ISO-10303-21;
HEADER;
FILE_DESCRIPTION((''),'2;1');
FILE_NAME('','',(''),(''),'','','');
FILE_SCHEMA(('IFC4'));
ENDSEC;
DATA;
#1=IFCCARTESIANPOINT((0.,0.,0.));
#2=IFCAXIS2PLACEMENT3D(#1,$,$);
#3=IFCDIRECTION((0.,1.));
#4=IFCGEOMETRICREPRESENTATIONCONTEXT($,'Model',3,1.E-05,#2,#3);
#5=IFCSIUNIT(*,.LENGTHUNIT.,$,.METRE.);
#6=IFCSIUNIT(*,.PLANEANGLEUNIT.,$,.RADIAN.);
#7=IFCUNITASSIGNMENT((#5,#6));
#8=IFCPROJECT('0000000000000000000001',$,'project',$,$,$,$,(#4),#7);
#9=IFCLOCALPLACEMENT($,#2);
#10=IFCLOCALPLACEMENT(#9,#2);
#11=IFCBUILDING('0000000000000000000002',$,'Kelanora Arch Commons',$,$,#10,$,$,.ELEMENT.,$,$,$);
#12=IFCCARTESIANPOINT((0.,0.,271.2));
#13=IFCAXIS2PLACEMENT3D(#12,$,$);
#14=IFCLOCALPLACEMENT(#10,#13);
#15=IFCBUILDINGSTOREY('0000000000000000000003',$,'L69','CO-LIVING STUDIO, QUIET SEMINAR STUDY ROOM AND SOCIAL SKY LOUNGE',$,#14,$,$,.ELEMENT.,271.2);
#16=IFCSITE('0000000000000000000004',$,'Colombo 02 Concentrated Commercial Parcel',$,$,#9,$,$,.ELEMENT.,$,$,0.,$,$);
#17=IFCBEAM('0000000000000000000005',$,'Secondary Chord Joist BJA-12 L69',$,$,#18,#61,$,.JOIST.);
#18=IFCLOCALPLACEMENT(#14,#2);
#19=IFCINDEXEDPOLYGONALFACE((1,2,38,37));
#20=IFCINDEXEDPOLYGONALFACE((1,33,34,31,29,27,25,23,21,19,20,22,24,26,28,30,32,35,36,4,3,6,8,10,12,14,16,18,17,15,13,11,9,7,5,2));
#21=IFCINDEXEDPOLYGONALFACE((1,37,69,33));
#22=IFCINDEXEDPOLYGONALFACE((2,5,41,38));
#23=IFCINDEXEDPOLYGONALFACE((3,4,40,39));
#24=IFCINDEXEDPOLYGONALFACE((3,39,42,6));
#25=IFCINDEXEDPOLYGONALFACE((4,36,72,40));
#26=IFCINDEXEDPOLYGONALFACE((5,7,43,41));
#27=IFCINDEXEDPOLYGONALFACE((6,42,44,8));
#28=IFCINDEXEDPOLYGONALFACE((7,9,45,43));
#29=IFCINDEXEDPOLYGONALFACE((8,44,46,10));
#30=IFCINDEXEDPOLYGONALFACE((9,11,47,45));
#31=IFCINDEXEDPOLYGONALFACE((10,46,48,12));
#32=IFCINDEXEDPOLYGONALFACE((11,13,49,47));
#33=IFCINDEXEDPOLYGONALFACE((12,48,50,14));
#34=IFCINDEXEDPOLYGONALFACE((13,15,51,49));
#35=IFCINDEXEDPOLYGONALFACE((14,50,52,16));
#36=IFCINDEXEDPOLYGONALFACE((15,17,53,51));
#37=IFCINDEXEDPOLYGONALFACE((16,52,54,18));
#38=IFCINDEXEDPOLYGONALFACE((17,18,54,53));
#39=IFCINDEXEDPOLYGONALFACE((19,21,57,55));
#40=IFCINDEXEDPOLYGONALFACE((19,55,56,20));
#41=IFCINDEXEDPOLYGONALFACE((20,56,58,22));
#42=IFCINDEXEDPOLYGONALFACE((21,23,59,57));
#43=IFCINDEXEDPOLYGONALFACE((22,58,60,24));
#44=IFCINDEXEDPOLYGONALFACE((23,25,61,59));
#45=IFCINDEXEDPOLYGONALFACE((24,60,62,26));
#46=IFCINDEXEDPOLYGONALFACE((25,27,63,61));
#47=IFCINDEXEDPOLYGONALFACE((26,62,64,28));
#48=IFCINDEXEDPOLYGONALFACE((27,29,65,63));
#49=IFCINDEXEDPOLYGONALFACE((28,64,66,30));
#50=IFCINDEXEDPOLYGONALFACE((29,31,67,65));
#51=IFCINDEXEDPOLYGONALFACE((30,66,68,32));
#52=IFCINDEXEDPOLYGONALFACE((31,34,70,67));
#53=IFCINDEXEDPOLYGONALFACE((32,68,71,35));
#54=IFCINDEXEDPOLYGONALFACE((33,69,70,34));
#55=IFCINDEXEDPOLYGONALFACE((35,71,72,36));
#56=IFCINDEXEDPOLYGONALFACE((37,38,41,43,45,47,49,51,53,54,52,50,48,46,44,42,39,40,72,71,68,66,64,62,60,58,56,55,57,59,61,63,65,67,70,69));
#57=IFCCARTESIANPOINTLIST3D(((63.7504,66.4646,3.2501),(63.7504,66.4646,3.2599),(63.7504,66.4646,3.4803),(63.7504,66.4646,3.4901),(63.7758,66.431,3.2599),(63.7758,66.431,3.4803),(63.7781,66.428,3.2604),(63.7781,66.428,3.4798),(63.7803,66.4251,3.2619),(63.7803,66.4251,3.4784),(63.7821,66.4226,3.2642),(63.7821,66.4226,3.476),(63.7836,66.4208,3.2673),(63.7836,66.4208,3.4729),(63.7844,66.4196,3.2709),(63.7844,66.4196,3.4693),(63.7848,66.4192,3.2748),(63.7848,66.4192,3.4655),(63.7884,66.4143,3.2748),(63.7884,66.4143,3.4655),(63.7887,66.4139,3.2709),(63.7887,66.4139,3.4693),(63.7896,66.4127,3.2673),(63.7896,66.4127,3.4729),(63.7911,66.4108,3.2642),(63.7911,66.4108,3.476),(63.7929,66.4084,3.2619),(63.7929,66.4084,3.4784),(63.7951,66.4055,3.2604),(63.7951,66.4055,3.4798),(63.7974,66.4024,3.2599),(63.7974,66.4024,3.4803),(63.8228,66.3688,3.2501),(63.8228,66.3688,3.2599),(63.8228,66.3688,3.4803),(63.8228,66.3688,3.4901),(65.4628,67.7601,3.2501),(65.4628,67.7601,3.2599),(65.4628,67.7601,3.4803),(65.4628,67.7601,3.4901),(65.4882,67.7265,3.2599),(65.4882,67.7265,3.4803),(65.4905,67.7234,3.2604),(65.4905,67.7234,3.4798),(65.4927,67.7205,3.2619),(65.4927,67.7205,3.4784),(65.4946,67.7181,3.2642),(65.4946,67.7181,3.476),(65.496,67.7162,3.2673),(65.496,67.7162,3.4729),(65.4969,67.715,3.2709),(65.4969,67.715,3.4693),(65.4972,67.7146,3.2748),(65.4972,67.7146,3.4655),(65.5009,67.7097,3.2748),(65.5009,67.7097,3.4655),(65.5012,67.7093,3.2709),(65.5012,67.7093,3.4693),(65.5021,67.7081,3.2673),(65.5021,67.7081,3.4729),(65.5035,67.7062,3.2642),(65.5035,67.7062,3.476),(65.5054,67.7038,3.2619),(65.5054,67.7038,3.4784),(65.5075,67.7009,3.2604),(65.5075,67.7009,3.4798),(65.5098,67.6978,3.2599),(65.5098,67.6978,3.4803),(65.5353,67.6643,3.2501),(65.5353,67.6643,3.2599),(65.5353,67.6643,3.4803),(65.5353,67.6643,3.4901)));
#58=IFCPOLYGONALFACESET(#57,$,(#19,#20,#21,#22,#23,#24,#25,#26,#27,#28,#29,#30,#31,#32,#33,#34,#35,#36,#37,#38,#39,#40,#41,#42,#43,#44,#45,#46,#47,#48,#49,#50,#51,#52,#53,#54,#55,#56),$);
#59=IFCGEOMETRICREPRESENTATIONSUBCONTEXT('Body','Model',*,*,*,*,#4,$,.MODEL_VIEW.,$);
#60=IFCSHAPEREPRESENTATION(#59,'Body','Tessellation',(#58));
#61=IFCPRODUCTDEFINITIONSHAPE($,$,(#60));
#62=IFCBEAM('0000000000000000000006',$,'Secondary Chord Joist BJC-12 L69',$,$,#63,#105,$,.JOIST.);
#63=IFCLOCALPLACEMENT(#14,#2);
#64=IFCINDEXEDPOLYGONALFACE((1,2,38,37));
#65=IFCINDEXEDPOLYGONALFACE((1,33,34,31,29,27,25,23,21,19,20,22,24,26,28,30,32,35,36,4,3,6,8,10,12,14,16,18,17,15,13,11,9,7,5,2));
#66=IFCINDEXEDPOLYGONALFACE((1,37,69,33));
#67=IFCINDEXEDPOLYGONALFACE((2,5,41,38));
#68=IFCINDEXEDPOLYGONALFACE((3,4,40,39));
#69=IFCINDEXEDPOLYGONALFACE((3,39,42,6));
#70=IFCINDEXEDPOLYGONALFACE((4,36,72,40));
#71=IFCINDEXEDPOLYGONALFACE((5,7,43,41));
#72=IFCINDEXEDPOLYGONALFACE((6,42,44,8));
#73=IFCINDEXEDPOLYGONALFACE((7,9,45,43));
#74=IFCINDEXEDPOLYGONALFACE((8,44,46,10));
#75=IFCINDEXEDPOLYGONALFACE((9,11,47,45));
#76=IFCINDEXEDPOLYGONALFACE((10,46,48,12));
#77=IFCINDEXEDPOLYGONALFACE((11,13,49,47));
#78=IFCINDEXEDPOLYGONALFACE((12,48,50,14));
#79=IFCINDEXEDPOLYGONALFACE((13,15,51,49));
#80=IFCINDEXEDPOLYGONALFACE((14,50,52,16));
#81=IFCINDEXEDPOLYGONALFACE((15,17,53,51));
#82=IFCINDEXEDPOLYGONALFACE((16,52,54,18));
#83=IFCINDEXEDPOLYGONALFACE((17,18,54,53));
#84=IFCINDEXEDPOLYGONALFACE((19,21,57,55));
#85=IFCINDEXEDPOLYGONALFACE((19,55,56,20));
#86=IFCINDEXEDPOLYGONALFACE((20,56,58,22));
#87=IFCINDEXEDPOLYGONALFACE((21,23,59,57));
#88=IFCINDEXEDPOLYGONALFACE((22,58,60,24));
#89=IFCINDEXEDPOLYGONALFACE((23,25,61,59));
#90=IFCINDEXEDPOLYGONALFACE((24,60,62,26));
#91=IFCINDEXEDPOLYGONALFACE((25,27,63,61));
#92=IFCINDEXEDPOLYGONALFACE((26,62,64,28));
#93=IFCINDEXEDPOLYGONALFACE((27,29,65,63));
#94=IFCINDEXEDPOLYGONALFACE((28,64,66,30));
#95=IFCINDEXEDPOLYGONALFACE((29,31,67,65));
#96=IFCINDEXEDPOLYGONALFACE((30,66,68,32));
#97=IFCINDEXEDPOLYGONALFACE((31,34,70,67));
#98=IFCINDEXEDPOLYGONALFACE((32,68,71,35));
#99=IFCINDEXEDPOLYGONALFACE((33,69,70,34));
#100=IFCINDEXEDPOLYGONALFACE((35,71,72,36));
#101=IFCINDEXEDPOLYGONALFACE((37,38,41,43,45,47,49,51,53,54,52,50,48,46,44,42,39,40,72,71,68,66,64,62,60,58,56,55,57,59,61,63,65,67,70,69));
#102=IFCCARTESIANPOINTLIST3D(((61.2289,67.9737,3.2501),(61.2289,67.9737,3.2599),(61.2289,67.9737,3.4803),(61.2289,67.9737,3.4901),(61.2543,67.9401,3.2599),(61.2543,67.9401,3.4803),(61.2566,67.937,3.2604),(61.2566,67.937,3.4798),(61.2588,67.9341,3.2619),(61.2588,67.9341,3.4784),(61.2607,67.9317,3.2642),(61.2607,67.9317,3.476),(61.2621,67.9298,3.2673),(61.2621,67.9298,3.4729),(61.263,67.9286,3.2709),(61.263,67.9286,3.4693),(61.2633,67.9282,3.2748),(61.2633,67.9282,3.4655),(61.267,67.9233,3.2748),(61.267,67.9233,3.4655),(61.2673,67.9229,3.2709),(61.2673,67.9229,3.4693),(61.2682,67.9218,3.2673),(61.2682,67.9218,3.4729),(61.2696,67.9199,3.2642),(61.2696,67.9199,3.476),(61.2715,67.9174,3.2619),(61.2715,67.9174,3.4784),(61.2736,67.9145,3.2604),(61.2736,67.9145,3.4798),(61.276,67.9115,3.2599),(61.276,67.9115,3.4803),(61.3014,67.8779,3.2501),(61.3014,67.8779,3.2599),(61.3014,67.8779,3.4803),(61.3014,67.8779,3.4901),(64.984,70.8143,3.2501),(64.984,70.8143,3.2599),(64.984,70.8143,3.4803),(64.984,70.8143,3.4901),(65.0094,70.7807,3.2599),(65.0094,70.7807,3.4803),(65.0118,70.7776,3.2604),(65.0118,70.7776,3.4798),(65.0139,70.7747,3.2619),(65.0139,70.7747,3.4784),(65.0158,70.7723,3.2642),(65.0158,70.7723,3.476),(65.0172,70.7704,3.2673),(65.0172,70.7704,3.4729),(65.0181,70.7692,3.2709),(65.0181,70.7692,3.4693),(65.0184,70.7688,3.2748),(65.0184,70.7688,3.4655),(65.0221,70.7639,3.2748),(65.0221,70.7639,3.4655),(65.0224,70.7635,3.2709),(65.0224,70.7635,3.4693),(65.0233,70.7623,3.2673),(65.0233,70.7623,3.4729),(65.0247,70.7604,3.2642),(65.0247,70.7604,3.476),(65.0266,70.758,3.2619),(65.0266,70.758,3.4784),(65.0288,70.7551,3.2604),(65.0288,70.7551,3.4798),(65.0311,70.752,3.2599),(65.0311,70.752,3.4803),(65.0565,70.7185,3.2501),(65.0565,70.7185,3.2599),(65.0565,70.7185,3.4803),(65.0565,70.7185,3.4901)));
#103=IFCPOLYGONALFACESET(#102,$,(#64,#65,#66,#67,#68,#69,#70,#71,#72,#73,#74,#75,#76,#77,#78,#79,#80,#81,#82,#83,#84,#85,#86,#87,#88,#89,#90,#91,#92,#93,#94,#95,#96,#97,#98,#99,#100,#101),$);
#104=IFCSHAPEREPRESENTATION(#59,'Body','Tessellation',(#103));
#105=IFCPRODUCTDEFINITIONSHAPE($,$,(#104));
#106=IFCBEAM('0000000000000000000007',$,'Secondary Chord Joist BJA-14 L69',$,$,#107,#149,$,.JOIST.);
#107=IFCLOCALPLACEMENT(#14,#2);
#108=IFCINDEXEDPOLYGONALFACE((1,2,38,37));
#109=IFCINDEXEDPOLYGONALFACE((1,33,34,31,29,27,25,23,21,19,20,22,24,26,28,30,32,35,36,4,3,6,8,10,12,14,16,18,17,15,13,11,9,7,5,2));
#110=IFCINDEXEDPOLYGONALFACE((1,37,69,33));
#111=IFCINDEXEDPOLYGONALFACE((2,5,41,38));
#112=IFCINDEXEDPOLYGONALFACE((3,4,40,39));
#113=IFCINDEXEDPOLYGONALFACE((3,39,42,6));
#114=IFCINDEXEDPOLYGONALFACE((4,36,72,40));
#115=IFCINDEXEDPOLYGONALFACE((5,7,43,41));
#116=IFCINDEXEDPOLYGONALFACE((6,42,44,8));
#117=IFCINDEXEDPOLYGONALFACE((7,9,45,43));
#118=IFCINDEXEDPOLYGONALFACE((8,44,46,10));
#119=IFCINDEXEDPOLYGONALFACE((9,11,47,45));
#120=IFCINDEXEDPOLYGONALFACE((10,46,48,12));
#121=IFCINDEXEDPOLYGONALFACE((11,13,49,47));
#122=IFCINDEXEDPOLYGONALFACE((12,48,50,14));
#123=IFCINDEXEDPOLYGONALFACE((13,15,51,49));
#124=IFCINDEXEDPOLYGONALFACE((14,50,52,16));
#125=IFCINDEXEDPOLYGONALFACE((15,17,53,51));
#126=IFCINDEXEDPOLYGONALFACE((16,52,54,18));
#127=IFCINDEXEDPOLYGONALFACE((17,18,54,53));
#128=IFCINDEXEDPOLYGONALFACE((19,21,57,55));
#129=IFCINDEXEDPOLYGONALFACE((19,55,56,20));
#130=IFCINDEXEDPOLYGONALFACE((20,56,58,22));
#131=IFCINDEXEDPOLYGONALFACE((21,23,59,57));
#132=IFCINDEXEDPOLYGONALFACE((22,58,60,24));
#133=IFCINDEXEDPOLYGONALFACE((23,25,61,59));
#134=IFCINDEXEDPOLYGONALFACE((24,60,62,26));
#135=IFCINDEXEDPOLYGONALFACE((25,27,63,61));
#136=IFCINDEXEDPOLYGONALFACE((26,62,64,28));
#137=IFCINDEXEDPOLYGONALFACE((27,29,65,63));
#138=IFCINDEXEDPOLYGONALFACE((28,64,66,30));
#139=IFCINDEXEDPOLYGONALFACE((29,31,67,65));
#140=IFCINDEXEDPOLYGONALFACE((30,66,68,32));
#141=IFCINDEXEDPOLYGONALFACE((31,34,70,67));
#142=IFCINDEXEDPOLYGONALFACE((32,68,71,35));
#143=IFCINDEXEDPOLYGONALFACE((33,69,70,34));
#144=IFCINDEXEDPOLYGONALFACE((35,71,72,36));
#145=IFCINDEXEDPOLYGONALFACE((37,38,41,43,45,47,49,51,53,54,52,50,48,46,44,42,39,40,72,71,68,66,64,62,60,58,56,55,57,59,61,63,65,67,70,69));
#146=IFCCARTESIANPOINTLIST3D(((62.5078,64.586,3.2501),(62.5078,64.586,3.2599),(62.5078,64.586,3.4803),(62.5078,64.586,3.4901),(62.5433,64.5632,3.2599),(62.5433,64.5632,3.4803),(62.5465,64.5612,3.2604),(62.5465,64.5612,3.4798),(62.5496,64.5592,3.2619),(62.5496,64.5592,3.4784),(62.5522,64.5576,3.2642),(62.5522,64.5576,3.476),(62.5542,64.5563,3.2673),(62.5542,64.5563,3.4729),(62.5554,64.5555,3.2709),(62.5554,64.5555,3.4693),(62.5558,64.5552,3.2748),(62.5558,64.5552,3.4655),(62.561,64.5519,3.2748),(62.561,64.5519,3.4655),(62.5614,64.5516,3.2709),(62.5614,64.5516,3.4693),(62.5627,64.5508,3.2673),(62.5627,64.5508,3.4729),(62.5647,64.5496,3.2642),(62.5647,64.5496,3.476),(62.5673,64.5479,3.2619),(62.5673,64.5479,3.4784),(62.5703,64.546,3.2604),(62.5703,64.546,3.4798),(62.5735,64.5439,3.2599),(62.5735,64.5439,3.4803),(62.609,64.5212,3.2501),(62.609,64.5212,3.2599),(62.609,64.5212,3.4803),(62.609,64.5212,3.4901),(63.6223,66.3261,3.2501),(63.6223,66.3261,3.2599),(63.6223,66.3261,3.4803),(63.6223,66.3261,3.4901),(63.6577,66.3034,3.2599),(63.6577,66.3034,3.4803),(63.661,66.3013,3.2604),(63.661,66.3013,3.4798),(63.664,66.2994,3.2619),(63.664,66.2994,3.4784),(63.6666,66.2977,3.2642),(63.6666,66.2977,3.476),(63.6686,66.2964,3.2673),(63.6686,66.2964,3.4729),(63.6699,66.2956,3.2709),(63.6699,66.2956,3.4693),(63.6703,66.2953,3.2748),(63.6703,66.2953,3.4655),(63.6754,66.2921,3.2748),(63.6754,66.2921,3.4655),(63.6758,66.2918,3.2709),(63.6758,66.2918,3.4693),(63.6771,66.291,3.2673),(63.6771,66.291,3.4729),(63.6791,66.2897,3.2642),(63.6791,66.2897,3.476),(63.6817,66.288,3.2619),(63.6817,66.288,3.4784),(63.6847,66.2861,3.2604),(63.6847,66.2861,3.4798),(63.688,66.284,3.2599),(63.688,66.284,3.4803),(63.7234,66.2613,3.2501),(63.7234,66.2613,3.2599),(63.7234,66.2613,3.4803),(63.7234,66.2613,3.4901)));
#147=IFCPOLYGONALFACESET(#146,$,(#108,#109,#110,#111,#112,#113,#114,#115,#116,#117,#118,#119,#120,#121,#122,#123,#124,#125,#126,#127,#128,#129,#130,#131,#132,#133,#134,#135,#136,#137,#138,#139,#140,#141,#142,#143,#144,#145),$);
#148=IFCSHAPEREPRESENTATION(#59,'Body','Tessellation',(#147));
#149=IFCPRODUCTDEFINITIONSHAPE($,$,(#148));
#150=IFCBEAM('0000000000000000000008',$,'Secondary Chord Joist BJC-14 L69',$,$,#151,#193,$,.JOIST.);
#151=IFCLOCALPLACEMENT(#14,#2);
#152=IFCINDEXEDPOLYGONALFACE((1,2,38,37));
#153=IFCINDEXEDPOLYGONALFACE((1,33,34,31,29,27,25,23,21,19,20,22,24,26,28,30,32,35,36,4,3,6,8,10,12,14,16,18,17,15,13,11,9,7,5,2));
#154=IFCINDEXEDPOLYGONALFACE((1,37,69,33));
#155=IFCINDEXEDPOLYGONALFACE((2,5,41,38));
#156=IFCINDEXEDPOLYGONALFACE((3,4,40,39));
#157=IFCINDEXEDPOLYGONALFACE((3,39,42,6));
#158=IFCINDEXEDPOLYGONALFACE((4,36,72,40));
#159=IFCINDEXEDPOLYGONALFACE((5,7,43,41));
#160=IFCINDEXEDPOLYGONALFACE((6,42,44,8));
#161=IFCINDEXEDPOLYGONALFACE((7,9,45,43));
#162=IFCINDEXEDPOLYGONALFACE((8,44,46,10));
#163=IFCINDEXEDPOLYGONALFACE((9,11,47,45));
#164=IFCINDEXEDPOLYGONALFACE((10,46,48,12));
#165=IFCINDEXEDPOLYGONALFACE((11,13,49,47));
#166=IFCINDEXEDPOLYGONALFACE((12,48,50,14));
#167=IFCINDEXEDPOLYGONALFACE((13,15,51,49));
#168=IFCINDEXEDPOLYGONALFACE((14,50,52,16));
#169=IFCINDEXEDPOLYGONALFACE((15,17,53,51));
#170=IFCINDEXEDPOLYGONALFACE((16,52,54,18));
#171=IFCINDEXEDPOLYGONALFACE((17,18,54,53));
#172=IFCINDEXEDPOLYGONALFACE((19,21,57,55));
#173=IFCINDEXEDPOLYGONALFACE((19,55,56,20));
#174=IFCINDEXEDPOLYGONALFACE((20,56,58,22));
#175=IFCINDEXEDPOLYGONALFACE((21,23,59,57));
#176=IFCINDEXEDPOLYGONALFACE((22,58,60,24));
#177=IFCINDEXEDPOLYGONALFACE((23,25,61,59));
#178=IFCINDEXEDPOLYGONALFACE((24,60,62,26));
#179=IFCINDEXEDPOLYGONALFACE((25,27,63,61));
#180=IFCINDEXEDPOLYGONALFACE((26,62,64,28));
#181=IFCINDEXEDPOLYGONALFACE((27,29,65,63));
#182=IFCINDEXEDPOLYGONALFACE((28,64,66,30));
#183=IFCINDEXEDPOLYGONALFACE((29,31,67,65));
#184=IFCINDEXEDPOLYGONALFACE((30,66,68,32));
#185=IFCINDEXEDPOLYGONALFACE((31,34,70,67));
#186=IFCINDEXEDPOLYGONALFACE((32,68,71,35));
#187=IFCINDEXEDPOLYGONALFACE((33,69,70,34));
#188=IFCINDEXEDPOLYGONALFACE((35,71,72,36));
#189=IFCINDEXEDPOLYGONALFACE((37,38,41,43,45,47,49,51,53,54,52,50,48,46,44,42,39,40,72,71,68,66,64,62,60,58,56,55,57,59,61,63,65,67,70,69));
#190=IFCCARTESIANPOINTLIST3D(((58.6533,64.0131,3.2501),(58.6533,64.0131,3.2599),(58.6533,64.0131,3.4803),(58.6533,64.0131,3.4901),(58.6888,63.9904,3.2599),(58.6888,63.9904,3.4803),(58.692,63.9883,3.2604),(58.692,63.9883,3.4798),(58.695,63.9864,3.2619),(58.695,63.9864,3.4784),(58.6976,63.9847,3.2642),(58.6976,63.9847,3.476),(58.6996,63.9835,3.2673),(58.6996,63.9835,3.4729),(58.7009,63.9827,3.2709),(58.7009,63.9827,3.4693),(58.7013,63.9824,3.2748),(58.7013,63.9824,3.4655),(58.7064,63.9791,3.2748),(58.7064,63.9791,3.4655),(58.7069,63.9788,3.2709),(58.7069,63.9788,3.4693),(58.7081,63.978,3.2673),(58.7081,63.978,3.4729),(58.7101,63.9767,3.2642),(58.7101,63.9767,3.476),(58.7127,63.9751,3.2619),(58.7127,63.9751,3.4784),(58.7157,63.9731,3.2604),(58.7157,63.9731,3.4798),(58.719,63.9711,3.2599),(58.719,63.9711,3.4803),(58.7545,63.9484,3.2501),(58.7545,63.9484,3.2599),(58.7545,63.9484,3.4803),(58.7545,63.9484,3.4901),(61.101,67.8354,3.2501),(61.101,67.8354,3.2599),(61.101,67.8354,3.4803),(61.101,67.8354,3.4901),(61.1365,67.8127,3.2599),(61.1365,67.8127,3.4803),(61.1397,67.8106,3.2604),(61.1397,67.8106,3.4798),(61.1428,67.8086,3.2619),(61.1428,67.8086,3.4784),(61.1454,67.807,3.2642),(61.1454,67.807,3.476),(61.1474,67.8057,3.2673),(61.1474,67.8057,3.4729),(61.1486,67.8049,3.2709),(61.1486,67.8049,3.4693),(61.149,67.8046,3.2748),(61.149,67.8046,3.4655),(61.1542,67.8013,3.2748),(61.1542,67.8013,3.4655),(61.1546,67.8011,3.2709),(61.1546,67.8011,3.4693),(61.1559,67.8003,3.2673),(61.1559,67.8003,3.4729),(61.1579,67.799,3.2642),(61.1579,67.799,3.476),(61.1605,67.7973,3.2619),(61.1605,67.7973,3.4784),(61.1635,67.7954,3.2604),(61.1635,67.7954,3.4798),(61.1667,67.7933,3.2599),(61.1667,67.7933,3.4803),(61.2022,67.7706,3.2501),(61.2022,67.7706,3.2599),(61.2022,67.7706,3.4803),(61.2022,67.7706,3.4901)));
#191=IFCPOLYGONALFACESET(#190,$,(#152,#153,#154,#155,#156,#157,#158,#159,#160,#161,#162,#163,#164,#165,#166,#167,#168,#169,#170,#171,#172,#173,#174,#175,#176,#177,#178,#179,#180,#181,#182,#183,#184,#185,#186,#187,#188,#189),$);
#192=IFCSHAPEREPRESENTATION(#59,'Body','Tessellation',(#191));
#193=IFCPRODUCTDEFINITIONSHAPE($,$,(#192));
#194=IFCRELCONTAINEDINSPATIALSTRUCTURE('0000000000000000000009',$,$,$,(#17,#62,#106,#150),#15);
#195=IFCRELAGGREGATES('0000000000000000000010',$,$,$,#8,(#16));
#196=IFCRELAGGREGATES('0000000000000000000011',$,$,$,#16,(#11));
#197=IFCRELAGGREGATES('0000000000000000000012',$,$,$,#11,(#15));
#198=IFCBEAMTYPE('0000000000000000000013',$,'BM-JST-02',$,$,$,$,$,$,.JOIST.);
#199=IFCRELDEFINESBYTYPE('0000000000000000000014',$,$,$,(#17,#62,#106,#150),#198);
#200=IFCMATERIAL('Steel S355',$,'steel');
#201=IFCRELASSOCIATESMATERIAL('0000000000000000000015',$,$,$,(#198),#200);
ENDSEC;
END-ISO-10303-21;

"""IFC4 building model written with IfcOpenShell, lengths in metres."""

from ifc_helpers import new_model, si_unit, direction, frame, origin, origin_2d, place, context, subcontext, project, spatial, i_section, extrude, material, material_profile, profile_set, type_object, element, save


model = new_model("IFC4")

# Units and contexts
model_context = context("Model", 3, precision=1e-05, world=origin(), true_north=direction((0.0, 1.0)))
body_context = subcontext(model_context, "Body", "Model", "MODEL_VIEW")
ifc_project = project(units=[si_unit("LENGTHUNIT", "METRE"), si_unit("PLANEANGLEUNIT", "RADIAN")], contexts=[model_context])

# Site, building, storey
site_placement = place(None, origin())
site = spatial("IfcSite", under=ifc_project, at=site_placement, Name="Colombo 02 Concentrated Commercial Parcel", CompositionType="ELEMENT", RefElevation=0.0)
building_placement = place(site_placement, origin())
building = spatial("IfcBuilding", under=site, at=building_placement, Name="Kelanora Arch Commons", CompositionType="ELEMENT")
storey_placement = place(building_placement, frame((0.0, 0.0, 271.2)))
storey = spatial("IfcBuildingStorey", under=building, at=storey_placement, Name="L69", Description="CO-LIVING STUDIO, QUIET SEMINAR STUDY ROOM AND SOCIAL SKY LOUNGE", CompositionType="ELEMENT", Elevation=271.2)

# Beams
ifc_material_1 = material(Name="Steel S355", Category="steel")
ifc_material_profile_1 = material_profile(ifc_material_1, i_section(OverallWidth=0.1201, OverallDepth=0.24, WebThickness=0.0061, FlangeThickness=0.0098, FilletRadius=0.0149, at=origin_2d()), Name="IPE240")
ifc_profile_set_1 = profile_set([ifc_material_profile_1], Name="Steel S355")
beam_type_1 = type_object("IfcBeamType", Name="BM-JST-02", PredefinedType="JOIST", material=ifc_profile_set_1)
beam_1_placement = place(storey_placement, frame((65.499, 67.7122, 3.3701), z_axis=(-0.79751, -0.603306, 0.0), x_axis=(0.603306, -0.79751, 0.0)))
element("IfcBeam", 1, at=beam_1_placement, inside=storey, type_object=beam_type_1, Name="Secondary Chord Joist BJA-12 L69", PredefinedType="JOIST", context=body_context, shape_type="SweptSolid", body=[
    extrude(i_section(OverallWidth=0.1201, OverallDepth=0.24, WebThickness=0.0061, FlangeThickness=0.0098, FilletRadius=0.0149, at=origin_2d()), origin(), (0.0, 0.0, 1.0), 2.1472),
])
beam_2_placement = place(storey_placement, frame((65.0203, 70.7664, 3.3701), z_axis=(-0.797523, -0.603289, 0.0), x_axis=(0.603289, -0.797523, 0.0)))
element("IfcBeam", 2, at=beam_2_placement, inside=storey, type_object=beam_type_1, Name="Secondary Chord Joist BJC-12 L69", PredefinedType="JOIST", context=body_context, shape_type="SweptSolid", body=[
    extrude(i_section(OverallWidth=0.1201, OverallDepth=0.24, WebThickness=0.0061, FlangeThickness=0.0098, FilletRadius=0.0149, at=origin_2d()), origin(), (0.0, 0.0, 1.0), 4.7085),
])
beam_3_placement = place(storey_placement, frame((63.6729, 66.2937, 3.3701), z_axis=(-0.539312, -0.842106, 0.0), x_axis=(0.842106, -0.539312, 0.0)))
element("IfcBeam", 3, at=beam_3_placement, inside=storey, type_object=beam_type_1, Name="Secondary Chord Joist BJA-14 L69", PredefinedType="JOIST", context=body_context, shape_type="SweptSolid", body=[
    extrude(i_section(OverallWidth=0.1201, OverallDepth=0.24, WebThickness=0.0061, FlangeThickness=0.0098, FilletRadius=0.0149, at=origin_2d()), origin(), (0.0, 0.0, 1.0), 2.0664),
])
beam_4_placement = place(storey_placement, frame((61.1516, 67.803, 3.3701), z_axis=(-0.539289, -0.842121, 0.0), x_axis=(0.842121, -0.539289, 0.0)))
element("IfcBeam", 4, at=beam_4_placement, inside=storey, type_object=beam_type_1, Name="Secondary Chord Joist BJC-14 L69", PredefinedType="JOIST", context=body_context, shape_type="SweptSolid", body=[
    extrude(i_section(OverallWidth=0.1201, OverallDepth=0.24, WebThickness=0.0061, FlangeThickness=0.0098, FilletRadius=0.0149, at=origin_2d()), origin(), (0.0, 0.0, 1.0), 4.5388),
])

save(model, "model.ifc")
